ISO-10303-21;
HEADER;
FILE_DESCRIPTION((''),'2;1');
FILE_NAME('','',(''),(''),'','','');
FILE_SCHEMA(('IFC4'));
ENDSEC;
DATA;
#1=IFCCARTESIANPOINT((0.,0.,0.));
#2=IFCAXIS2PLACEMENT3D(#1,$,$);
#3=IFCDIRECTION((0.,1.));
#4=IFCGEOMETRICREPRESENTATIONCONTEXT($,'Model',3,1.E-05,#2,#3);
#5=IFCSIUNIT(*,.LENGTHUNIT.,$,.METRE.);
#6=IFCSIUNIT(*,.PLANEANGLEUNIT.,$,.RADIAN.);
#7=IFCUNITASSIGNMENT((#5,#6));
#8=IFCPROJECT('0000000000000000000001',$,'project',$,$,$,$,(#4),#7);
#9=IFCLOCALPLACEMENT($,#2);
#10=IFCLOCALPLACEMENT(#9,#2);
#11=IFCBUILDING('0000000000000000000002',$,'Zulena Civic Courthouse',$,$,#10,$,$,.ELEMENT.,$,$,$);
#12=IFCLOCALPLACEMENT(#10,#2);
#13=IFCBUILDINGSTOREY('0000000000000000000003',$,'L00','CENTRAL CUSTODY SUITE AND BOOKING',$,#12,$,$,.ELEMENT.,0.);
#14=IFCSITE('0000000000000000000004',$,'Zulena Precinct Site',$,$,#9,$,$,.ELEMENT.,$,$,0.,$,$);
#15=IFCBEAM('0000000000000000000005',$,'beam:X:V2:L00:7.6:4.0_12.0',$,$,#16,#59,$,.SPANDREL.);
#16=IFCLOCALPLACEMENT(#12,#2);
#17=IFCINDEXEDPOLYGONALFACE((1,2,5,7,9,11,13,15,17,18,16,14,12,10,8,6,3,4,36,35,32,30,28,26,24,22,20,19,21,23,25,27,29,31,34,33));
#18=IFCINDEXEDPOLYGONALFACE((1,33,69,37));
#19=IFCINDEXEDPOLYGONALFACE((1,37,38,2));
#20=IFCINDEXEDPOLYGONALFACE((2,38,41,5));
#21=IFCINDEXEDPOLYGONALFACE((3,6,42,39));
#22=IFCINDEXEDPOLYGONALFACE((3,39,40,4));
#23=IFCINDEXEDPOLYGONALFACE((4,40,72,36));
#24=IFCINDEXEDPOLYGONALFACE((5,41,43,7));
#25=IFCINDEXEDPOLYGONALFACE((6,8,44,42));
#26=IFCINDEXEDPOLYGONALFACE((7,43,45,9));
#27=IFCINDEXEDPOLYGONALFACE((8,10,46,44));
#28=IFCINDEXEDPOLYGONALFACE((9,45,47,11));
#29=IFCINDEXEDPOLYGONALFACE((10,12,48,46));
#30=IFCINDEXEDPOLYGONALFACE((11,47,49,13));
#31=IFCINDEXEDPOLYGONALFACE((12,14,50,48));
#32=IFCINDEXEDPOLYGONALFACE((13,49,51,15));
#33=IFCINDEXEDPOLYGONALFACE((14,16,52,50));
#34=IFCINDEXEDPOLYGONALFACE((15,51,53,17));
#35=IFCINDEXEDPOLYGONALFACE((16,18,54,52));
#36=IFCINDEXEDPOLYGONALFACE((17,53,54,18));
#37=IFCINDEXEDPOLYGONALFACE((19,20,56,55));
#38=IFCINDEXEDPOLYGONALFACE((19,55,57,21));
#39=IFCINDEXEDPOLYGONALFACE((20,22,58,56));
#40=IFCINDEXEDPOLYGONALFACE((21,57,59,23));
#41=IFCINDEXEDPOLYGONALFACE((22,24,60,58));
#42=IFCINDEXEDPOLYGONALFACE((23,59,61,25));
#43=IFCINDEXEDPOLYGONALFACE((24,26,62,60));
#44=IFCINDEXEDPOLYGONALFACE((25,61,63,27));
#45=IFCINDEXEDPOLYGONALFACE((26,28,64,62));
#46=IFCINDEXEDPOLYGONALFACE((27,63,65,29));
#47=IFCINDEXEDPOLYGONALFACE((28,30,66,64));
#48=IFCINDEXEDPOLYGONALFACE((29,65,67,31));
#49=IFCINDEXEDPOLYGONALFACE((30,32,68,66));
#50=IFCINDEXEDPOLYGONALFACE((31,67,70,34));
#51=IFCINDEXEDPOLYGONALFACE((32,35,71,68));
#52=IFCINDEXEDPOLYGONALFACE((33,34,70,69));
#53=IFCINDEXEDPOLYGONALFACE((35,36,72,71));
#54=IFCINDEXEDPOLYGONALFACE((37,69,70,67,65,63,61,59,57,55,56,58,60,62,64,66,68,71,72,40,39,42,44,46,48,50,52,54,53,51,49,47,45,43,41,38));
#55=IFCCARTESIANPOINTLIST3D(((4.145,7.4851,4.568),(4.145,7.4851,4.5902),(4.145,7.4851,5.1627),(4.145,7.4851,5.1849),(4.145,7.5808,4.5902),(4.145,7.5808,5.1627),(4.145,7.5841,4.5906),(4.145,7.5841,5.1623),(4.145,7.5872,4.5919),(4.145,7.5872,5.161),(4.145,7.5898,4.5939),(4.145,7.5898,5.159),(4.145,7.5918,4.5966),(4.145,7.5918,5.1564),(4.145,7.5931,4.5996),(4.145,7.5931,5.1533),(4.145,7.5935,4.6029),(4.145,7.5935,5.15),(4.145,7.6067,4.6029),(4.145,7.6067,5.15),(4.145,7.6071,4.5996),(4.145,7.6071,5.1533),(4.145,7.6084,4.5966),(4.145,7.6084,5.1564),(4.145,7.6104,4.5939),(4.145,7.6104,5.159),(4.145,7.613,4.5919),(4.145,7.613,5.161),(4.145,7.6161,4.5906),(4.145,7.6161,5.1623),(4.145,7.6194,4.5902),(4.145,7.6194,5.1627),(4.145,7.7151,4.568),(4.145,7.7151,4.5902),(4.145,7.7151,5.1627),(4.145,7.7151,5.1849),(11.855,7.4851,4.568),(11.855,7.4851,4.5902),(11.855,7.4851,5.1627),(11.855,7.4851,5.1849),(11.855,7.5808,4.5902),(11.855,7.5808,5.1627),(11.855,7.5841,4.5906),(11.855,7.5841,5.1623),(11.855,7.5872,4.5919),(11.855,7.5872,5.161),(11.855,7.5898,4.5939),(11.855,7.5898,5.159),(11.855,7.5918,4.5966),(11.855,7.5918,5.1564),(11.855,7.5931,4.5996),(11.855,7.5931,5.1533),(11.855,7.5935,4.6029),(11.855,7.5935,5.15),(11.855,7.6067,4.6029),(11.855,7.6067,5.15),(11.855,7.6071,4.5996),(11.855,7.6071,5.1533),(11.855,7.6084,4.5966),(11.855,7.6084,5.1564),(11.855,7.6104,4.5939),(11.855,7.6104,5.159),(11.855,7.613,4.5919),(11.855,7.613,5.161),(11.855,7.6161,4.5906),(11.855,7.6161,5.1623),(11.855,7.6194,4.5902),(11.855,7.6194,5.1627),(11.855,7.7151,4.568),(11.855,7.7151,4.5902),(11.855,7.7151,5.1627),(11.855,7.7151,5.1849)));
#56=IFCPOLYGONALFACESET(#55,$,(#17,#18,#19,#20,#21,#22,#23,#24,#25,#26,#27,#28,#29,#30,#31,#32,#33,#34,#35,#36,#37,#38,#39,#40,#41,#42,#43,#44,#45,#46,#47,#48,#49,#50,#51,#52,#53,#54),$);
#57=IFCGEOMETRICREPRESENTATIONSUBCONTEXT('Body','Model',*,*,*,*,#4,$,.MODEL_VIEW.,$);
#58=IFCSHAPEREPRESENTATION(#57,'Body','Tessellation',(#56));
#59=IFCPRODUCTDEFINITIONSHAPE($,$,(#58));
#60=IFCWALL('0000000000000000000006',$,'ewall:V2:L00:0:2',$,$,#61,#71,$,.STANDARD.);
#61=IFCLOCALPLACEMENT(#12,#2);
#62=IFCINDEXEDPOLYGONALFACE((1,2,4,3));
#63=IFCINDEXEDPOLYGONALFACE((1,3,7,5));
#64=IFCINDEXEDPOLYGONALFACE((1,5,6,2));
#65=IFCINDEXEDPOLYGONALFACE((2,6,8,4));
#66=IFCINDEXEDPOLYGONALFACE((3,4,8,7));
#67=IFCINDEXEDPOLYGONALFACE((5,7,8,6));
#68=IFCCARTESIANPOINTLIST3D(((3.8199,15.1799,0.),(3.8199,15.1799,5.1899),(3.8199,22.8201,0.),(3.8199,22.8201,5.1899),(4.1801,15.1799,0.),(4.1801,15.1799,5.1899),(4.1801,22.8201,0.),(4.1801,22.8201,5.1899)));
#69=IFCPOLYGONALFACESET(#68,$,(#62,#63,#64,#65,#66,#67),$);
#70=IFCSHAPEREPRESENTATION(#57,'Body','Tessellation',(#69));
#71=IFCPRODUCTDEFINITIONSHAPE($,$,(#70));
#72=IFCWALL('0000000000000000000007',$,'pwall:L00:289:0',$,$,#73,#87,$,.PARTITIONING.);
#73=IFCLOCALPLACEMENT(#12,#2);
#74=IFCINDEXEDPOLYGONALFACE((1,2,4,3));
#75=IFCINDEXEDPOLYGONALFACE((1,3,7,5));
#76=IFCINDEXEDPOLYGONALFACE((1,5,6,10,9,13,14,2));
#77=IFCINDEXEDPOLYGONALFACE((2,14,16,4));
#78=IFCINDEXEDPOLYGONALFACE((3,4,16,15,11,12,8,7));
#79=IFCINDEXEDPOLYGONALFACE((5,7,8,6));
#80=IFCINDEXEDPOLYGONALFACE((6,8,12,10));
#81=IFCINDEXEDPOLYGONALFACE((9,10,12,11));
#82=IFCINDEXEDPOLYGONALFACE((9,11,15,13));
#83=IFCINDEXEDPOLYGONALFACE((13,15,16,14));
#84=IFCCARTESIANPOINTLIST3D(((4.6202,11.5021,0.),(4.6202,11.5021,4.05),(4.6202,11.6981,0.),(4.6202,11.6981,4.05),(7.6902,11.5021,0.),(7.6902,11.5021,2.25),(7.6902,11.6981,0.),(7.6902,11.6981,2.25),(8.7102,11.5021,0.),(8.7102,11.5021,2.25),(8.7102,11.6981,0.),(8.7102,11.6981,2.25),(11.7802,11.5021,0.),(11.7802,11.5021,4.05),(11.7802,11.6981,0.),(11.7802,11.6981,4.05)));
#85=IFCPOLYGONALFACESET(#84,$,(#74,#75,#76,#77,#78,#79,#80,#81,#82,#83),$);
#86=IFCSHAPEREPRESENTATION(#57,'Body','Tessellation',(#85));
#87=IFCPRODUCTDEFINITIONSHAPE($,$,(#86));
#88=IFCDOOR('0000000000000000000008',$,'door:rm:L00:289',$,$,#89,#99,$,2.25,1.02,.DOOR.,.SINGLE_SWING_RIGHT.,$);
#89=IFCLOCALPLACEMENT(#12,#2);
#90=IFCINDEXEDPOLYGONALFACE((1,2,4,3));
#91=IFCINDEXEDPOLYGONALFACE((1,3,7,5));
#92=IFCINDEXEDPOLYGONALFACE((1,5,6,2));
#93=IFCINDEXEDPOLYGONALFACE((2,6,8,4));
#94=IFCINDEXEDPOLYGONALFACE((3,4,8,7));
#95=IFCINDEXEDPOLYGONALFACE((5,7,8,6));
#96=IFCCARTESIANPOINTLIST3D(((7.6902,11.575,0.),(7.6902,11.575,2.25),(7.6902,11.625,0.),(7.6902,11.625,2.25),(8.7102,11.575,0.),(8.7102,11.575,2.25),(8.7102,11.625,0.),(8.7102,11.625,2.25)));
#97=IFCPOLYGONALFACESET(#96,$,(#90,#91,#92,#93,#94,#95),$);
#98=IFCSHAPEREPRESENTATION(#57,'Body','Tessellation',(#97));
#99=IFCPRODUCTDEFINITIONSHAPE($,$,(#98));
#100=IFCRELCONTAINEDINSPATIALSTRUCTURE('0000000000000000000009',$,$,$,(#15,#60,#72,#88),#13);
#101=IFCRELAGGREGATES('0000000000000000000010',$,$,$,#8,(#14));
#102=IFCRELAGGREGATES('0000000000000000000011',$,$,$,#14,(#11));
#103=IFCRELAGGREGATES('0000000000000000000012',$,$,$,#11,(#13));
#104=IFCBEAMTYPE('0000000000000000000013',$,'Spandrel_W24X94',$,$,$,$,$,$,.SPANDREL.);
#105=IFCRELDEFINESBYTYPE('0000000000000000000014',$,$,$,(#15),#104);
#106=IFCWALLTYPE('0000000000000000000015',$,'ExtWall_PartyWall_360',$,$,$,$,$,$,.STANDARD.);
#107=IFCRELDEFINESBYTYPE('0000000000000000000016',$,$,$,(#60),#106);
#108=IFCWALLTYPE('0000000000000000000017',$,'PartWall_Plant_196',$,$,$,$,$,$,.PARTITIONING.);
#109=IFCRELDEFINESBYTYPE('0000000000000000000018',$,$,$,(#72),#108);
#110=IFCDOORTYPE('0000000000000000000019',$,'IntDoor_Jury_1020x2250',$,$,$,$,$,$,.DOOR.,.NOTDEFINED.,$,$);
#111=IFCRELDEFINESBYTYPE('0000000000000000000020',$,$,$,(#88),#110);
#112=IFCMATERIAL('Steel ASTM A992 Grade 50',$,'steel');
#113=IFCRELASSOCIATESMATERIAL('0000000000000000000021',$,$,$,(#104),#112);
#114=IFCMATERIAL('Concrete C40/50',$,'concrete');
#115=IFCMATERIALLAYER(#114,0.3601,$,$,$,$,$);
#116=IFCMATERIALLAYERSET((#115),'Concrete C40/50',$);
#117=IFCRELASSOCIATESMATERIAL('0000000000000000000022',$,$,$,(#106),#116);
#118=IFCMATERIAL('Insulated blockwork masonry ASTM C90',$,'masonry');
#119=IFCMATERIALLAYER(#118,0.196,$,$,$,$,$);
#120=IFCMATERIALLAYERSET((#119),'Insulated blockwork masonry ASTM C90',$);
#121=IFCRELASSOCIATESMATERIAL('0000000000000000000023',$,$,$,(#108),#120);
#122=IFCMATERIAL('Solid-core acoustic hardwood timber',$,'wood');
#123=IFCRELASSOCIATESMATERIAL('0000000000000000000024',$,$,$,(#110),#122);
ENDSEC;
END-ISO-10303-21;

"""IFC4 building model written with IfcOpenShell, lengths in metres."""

from ifc_helpers import new_model, si_unit, direction, frame, frame_2d, origin, origin_2d, place, context, subcontext, project, spatial, rectangle, i_section, extrude, material, layer, layer_set, material_profile, profile_set, type_object, element, fill, save


model = new_model("IFC4")

# Units and contexts
model_context = context("Model", 3, precision=1e-05, world=origin(), true_north=direction((0.0, 1.0)))
body_context = subcontext(model_context, "Body", "Model", "MODEL_VIEW")
ifc_project = project(units=[si_unit("LENGTHUNIT", "METRE"), si_unit("PLANEANGLEUNIT", "RADIAN")], contexts=[model_context])

# Site, building, storey
site_placement = place(None, origin())
site = spatial("IfcSite", under=ifc_project, at=site_placement, Name="Zulena Precinct Site", CompositionType="ELEMENT", RefElevation=0.0)
building_placement = place(site_placement, origin())
building = spatial("IfcBuilding", under=site, at=building_placement, Name="Zulena Civic Courthouse", CompositionType="ELEMENT")
storey_placement = place(building_placement, origin())
storey = spatial("IfcBuildingStorey", under=building, at=storey_placement, Name="L00", Description="CENTRAL CUSTODY SUITE AND BOOKING", CompositionType="ELEMENT", Elevation=0.0)

# Shared definitions
ifc_material_1 = material(Name="Concrete C40/50", Category="concrete")

# Shared definitions
ifc_material_2 = material(Name="Steel ASTM A992 Grade 50", Category="steel")

# Beam
ifc_material_profile_1 = material_profile(ifc_material_2, i_section(OverallWidth=0.23, OverallDepth=0.6169, WebThickness=0.0132, FlangeThickness=0.0222, FilletRadius=0.0127, at=origin_2d()), Name="W24X94")
ifc_profile_set_1 = profile_set([ifc_material_profile_1], Name="Steel ASTM A992 Grade 50")
beam_type_1 = type_object("IfcBeamType", Name="Spandrel_W24X94", PredefinedType="SPANDREL", material=ifc_profile_set_1)
beam_1_placement = place(storey_placement, frame((4.145, 7.6001, 4.8765), z_axis=(1.0, 0.0, 0.0), x_axis=(0.0, 1.0, 0.0)))
element("IfcBeam", 1, at=beam_1_placement, inside=storey, type_object=beam_type_1, Name="beam:X:V2:L00:7.6:4.0_12.0", PredefinedType="SPANDREL", context=body_context, shape_type="SweptSolid", body=[
    extrude(i_section(OverallWidth=0.23, OverallDepth=0.6169, WebThickness=0.0132, FlangeThickness=0.0222, FilletRadius=0.0127, at=origin_2d()), origin(), (0.0, 0.0, 1.0), 7.71),
])

# Wall
ifc_layer_1 = layer(ifc_material_1, 0.3601)
ifc_layer_set_1 = layer_set([ifc_layer_1], Name="Concrete C40/50")
wall_type_1 = type_object("IfcWallType", Name="ExtWall_PartyWall_360", PredefinedType="STANDARD", material=ifc_layer_set_1)
wall_1_placement = place(storey_placement, frame((4.0, 15.1799, 0.0), z_axis=(0.0, 0.0, 1.0), x_axis=(0.0, 1.0, 0.0)))
element("IfcWall", 2, at=wall_1_placement, inside=storey, type_object=wall_type_1, Name="ewall:V2:L00:0:2", PredefinedType="STANDARD", context=body_context, shape_type="SweptSolid", body=[
    extrude(rectangle(XDim=7.6401, YDim=0.3601, at=frame_2d((3.8201, 0.0))), origin(), (0.0, 0.0, 1.0), 5.1899),
])

# Wall, opening, door
ifc_material_3 = material(Name="Insulated blockwork masonry ASTM C90", Category="masonry")
ifc_layer_2 = layer(ifc_material_3, 0.196)
ifc_layer_set_2 = layer_set([ifc_layer_2], Name="Insulated blockwork masonry ASTM C90")
wall_type_2 = type_object("IfcWallType", Name="PartWall_Plant_196", PredefinedType="PARTITIONING", material=ifc_layer_set_2)
wall_2_placement = place(storey_placement, frame((4.6201, 11.6001, 0.0), z_axis=(0.0, 0.0, 1.0), x_axis=(1.0, 0.0, 0.0)))
wall_2 = element("IfcWall", 3, at=wall_2_placement, inside=storey, type_object=wall_type_2, Name="pwall:L00:289:0", PredefinedType="PARTITIONING", context=body_context, shape_type="SweptSolid", body=[
    extrude(rectangle(XDim=7.1599, YDim=0.196, at=frame_2d((3.5801, 0.0))), origin(), (0.0, 0.0, 1.0), 4.05),
])
opening_placement = place(wall_2_placement, frame((3.0701, 0.0, 0.0)))
opening = element("IfcOpeningElement", 4, at=opening_placement, cuts=wall_2, PredefinedType="OPENING", context=body_context, shape_type="SweptSolid", body=[
    extrude(rectangle(XDim=1.02, YDim=2.25, at=frame_2d((0.51, 1.125))), frame((0.0, 0.1079, 0.0), z_axis=(0.0, -1.0, 0.0), x_axis=(1.0, 0.0, 0.0)), (0.0, 0.0, 1.0), 0.2161),
])
ifc_material_4 = material(Name="Solid-core acoustic hardwood timber", Category="wood")
door_type = type_object("IfcDoorType", Name="IntDoor_Jury_1020x2250", OperationType="NOTDEFINED", PredefinedType="DOOR", material=ifc_material_4)
door_placement = place(opening_placement, origin())
door = element("IfcDoor", 5, at=door_placement, inside=storey, type_object=door_type, Name="door:rm:L00:289", OperationType="SINGLE_SWING_RIGHT", OverallHeight=2.25, OverallWidth=1.02, PredefinedType="DOOR", context=body_context, shape_type="SweptSolid", body=[
    extrude(rectangle(XDim=1.02, YDim=2.25, at=frame_2d((0.51, 1.125))), frame((0.0, 0.0249, 0.0), z_axis=(0.0, -1.0, 0.0), x_axis=(1.0, 0.0, 0.0)), (0.0, 0.0, 1.0), 0.05),
])
fill(opening, door)

save(model, "model.ifc")
